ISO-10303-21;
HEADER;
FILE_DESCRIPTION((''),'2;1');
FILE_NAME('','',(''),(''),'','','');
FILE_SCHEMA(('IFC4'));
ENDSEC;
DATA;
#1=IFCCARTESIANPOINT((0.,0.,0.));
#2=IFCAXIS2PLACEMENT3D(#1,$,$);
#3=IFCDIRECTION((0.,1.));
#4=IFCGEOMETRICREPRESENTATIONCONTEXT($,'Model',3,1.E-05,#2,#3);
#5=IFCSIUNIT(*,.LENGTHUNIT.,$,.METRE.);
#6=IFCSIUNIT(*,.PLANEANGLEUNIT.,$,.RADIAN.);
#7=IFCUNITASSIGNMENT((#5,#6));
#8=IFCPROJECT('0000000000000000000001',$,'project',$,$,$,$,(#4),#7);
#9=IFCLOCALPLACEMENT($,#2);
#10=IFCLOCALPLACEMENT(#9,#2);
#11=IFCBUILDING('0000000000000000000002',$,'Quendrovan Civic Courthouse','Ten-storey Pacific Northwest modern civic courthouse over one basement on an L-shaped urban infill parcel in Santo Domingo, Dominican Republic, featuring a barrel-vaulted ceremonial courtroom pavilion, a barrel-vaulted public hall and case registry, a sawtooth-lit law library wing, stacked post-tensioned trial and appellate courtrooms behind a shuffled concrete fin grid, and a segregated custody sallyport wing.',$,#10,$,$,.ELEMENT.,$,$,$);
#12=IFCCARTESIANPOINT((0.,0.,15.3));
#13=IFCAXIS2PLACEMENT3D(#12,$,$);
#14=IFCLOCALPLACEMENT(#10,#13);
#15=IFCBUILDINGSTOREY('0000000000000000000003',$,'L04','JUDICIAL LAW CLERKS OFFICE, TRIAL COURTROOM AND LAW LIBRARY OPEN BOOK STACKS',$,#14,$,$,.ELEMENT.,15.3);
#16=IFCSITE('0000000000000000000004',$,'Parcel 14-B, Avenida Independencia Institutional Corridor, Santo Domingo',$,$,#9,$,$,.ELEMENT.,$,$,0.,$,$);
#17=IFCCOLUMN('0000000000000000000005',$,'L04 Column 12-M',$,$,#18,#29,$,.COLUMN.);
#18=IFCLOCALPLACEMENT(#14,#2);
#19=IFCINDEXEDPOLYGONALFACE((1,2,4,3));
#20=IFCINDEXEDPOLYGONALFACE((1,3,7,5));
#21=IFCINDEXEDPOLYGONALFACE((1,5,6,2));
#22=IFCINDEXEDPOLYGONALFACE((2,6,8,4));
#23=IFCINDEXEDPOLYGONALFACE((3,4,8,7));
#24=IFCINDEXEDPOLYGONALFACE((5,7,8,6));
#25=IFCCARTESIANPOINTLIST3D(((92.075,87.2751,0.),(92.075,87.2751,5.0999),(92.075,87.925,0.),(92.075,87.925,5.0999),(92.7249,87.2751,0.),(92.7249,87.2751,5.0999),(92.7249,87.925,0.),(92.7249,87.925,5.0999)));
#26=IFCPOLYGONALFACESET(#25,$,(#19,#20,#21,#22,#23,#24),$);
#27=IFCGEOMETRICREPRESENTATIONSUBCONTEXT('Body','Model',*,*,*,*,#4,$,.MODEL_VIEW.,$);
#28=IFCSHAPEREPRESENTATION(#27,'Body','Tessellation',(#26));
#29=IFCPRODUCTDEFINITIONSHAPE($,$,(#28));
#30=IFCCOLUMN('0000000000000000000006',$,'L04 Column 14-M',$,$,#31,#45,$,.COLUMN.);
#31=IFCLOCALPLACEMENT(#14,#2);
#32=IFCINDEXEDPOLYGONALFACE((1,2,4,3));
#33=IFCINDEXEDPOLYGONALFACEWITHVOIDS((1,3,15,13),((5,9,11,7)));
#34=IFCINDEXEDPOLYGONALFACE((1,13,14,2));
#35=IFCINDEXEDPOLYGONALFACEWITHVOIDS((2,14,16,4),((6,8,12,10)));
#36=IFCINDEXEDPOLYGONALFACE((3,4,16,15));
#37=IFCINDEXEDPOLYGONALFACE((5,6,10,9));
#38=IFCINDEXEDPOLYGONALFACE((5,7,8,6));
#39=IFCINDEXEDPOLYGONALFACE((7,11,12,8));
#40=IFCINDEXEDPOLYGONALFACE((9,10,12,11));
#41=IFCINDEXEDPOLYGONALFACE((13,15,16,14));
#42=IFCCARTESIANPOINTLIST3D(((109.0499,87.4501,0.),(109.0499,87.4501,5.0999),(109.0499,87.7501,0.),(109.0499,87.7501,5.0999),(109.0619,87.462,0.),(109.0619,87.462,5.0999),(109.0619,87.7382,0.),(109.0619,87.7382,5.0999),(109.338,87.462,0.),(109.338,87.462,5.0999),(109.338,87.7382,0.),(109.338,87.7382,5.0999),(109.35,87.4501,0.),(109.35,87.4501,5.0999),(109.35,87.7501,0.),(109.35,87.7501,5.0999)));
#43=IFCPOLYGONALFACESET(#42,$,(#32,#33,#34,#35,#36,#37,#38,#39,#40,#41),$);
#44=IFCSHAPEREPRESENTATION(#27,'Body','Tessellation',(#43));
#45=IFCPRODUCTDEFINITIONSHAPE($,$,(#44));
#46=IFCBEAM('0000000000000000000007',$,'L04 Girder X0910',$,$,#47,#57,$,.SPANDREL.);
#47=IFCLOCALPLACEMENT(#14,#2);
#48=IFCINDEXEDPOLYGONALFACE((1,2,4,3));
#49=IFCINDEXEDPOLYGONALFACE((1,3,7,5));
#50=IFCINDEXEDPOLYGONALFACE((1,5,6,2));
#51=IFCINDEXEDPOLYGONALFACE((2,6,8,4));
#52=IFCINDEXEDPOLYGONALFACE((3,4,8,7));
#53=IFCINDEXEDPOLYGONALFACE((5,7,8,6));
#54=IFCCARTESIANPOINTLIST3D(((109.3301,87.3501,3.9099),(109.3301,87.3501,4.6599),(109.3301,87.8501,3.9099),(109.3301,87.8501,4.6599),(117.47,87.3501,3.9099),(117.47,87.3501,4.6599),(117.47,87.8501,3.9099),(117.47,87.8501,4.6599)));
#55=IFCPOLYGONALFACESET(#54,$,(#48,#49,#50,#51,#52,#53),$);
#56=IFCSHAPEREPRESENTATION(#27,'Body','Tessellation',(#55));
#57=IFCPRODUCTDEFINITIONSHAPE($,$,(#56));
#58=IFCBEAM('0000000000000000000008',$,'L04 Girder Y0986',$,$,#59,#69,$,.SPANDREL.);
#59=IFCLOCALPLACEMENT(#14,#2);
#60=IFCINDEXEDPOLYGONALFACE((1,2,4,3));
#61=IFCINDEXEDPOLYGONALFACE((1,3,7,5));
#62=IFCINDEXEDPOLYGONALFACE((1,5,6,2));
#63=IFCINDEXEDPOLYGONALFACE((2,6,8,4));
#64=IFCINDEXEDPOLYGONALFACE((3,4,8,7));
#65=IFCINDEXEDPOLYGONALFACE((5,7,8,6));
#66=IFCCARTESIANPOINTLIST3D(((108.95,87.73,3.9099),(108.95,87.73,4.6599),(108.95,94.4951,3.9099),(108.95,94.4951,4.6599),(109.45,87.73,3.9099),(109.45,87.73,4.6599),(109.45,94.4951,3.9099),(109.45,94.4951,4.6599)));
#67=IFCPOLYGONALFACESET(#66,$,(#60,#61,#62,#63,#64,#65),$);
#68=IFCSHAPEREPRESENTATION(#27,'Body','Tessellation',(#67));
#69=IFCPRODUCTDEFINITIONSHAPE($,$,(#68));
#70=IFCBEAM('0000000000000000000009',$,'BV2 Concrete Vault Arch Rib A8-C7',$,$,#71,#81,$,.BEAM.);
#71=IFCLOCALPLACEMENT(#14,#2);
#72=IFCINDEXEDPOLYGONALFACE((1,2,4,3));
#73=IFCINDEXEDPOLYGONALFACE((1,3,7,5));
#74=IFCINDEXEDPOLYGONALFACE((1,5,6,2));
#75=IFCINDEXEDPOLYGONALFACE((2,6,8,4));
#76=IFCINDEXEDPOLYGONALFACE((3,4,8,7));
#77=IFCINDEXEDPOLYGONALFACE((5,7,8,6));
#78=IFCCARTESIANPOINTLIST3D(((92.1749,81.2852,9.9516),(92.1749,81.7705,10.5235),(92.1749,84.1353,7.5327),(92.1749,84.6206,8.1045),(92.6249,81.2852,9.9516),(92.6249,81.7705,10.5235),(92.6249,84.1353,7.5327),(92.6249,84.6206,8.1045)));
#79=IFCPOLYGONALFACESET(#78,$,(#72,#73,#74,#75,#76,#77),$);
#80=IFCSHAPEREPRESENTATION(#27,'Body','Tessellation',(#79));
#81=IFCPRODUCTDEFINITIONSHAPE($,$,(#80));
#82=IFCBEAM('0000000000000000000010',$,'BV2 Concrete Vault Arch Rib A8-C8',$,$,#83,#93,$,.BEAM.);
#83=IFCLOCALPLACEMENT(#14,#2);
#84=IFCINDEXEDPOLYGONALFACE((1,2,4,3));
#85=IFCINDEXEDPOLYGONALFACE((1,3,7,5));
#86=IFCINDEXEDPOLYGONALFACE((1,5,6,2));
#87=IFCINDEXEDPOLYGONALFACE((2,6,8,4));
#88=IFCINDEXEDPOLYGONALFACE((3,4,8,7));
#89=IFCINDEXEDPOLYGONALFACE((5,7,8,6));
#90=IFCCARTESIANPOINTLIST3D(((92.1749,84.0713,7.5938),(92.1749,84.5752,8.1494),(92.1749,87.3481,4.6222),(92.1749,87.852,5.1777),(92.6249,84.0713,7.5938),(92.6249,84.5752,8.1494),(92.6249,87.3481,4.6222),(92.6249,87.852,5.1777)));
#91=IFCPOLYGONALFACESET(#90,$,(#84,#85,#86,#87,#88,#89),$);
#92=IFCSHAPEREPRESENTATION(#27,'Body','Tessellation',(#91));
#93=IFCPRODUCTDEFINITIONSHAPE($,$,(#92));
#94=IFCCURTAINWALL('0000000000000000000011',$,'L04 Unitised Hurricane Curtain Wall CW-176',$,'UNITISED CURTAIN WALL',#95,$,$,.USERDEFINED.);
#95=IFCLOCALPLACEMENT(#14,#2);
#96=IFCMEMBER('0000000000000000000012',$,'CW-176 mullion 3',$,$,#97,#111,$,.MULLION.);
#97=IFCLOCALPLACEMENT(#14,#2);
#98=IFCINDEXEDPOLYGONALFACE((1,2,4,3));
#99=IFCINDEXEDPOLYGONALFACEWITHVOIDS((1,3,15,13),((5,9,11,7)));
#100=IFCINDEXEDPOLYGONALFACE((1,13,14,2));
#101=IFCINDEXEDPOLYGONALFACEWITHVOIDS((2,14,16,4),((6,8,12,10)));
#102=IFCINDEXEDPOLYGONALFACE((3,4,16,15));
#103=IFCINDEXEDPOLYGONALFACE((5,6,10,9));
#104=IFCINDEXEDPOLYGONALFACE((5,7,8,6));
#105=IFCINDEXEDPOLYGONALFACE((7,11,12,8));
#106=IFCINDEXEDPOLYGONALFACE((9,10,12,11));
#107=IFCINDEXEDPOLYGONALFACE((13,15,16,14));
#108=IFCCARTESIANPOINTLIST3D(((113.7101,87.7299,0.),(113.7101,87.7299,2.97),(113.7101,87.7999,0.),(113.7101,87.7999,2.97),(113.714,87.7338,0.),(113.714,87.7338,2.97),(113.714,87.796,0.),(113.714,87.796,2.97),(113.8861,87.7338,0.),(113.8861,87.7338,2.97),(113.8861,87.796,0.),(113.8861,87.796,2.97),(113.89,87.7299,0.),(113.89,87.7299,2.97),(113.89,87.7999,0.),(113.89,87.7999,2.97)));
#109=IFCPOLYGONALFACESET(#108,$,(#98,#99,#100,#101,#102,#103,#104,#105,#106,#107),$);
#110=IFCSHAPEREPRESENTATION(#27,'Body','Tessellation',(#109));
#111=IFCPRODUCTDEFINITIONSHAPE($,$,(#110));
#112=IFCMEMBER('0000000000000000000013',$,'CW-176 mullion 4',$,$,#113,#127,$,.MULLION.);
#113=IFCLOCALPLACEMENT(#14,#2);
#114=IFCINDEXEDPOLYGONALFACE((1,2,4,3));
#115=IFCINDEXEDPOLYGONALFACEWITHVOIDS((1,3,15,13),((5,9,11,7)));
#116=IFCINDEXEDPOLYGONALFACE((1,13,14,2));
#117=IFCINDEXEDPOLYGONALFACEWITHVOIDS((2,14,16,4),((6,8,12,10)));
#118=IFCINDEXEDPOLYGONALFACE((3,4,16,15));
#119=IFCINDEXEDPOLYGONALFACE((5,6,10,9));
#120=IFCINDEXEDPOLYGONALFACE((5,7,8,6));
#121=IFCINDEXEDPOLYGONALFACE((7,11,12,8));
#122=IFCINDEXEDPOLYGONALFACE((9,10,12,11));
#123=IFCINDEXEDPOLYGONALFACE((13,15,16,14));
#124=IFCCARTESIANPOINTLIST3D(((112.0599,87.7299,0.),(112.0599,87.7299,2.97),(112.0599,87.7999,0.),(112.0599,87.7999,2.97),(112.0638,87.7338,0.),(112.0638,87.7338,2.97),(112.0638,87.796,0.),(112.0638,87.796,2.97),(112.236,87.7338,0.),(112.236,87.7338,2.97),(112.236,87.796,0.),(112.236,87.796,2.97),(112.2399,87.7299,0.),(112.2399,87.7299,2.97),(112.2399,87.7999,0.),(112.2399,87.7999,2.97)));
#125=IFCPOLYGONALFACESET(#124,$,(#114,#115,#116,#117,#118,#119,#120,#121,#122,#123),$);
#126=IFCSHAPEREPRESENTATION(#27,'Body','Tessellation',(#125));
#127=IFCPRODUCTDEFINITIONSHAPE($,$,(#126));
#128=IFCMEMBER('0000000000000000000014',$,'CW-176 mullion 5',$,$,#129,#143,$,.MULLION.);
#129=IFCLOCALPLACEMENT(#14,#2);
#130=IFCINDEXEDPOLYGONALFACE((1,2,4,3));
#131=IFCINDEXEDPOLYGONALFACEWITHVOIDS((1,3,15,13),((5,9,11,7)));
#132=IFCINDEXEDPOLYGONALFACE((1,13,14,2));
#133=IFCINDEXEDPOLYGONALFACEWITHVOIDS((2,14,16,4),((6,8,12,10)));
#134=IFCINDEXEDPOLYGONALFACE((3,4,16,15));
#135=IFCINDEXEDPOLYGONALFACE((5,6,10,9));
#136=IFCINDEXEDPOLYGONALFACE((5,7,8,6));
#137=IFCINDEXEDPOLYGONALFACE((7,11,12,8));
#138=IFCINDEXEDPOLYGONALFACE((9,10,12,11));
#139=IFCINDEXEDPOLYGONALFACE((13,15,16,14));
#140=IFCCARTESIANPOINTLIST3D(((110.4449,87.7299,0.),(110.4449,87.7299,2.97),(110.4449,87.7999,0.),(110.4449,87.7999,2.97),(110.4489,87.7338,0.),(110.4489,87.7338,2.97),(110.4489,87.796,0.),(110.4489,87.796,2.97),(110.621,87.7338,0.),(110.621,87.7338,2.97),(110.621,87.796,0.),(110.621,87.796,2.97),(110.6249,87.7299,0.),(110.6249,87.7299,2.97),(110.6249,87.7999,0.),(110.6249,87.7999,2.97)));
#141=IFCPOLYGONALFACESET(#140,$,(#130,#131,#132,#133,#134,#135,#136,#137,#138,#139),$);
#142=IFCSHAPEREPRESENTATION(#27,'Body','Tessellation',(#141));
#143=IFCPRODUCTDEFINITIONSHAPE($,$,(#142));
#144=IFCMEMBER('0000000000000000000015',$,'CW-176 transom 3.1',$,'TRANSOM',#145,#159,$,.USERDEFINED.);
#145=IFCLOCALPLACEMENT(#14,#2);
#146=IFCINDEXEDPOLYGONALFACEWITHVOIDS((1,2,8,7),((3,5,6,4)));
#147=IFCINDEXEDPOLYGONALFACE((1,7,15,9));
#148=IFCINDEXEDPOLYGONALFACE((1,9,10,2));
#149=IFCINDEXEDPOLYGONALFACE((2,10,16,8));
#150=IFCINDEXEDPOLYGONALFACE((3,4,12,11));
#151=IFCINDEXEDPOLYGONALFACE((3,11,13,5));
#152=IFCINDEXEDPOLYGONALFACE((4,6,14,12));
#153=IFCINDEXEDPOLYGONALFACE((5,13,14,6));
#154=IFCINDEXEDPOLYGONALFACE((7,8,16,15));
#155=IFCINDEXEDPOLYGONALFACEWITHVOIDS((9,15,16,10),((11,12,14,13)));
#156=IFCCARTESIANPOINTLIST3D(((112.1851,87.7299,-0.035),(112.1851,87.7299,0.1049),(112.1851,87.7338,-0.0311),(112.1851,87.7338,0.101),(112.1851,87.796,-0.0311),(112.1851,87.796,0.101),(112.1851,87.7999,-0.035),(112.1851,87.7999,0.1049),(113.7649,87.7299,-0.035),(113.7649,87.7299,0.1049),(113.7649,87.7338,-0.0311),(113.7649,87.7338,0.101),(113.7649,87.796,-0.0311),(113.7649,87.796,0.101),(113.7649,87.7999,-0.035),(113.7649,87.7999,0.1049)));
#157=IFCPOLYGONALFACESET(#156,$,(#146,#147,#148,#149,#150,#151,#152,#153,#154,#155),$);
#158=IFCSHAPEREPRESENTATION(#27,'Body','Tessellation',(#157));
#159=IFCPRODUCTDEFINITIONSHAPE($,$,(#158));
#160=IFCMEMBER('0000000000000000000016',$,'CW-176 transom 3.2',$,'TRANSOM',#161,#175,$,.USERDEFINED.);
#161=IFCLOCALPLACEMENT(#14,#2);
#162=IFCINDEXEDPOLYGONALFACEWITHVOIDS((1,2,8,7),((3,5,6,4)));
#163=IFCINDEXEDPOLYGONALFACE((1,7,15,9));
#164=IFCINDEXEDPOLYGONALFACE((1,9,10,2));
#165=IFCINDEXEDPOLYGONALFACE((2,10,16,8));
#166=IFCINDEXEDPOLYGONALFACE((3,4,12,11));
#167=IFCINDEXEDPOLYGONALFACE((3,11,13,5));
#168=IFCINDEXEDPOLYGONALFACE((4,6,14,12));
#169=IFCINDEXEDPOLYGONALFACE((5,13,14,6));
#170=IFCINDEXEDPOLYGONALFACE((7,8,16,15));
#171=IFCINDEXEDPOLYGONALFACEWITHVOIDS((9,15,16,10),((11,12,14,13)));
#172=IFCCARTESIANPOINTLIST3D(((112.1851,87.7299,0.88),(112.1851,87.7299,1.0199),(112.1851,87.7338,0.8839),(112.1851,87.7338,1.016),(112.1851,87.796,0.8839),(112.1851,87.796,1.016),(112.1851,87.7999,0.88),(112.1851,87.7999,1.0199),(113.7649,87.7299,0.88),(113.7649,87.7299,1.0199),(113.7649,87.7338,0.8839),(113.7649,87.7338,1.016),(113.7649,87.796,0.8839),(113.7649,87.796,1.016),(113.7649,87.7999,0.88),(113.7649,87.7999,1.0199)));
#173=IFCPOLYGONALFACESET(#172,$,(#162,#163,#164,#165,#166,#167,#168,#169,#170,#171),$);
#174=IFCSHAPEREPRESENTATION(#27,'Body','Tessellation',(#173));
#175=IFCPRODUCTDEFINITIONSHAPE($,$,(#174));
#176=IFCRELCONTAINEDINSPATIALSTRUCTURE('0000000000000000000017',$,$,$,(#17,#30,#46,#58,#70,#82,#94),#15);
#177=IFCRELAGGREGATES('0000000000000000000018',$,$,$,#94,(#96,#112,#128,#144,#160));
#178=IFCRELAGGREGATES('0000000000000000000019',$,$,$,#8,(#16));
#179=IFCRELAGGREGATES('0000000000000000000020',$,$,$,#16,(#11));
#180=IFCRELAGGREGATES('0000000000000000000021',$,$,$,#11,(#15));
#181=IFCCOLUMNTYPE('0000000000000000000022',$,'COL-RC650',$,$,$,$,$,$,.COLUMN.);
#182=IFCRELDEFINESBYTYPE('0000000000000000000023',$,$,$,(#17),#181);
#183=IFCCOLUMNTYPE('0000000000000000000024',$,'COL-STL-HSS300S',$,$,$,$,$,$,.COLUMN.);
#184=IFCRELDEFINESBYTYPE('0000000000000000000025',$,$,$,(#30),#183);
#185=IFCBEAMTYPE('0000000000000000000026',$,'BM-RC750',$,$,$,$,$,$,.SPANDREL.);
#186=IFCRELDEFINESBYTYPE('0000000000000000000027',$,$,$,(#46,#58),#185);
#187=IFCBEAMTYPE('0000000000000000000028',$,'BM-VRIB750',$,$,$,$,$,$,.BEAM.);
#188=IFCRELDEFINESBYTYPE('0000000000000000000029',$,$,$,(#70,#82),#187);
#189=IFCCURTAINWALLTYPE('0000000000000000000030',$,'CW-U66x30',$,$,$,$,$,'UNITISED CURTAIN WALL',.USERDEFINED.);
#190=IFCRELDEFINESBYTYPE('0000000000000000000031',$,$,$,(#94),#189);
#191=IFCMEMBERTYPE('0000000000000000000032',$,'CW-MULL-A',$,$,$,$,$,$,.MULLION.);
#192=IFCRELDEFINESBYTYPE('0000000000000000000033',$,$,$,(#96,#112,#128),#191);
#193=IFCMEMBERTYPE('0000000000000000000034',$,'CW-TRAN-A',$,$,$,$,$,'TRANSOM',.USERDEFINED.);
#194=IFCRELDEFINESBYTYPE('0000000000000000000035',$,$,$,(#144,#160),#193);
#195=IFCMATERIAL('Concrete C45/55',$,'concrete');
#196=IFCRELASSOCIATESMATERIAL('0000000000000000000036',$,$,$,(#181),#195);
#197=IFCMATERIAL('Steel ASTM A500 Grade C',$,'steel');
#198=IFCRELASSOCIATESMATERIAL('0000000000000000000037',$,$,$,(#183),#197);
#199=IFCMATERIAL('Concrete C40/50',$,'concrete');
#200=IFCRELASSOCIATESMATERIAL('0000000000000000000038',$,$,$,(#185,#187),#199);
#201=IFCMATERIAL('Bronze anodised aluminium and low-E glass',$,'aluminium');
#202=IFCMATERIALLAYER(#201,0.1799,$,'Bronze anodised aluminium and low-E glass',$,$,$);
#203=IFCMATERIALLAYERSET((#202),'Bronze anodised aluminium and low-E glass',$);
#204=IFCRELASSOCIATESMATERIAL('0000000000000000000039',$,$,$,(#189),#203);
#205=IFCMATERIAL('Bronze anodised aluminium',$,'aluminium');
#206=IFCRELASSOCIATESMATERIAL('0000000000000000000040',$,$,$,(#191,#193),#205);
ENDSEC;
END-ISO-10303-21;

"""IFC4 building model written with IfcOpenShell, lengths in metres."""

from ifc_helpers import new_model, si_unit, direction, frame, origin, origin_2d, place, context, subcontext, project, spatial, rectangle, hollow_rectangle, extrude, material, layer, layer_set, material_profile, profile_set, type_object, element, aggregate, save


model = new_model("IFC4")

# Units and contexts
model_context = context("Model", 3, precision=1e-05, world=origin(), true_north=direction((0.0, 1.0)))
body_context = subcontext(model_context, "Body", "Model", "MODEL_VIEW")
ifc_project = project(units=[si_unit("LENGTHUNIT", "METRE"), si_unit("PLANEANGLEUNIT", "RADIAN")], contexts=[model_context])

# Site, building, storey
site_placement = place(None, origin())
site = spatial("IfcSite", under=ifc_project, at=site_placement, Name="Parcel 14-B, Avenida Independencia Institutional Corridor, Santo Domingo", CompositionType="ELEMENT", RefElevation=0.0)
building_placement = place(site_placement, origin())
building = spatial("IfcBuilding", under=site, at=building_placement, Name="Quendrovan Civic Courthouse", Description="Ten-storey Pacific Northwest modern civic courthouse over one basement on an L-shaped urban infill parcel in Santo Domingo, Dominican Republic, featuring a barrel-vaulted ceremonial courtroom pavilion, a barrel-vaulted public hall and case registry, a sawtooth-lit law library wing, stacked post-tensioned trial and appellate courtrooms behind a shuffled concrete fin grid, and a segregated custody sallyport wing.", CompositionType="ELEMENT")
storey_placement = place(building_placement, frame((0.0, 0.0, 15.3)))
storey = spatial("IfcBuildingStorey", under=building, at=storey_placement, Name="L04", Description="JUDICIAL LAW CLERKS OFFICE, TRIAL COURTROOM AND LAW LIBRARY OPEN BOOK STACKS", CompositionType="ELEMENT", Elevation=15.3)

# Columns
ifc_material_1 = material(Name="Concrete C45/55", Category="concrete")
ifc_material_profile_1 = material_profile(ifc_material_1, rectangle(XDim=0.6499, YDim=0.6499, at=origin_2d()), Name="RC-COL-650x650")
ifc_profile_set_1 = profile_set([ifc_material_profile_1], Name="Concrete C45/55")
column_type_1 = type_object("IfcColumnType", Name="COL-RC650", PredefinedType="COLUMN", material=ifc_profile_set_1)
column_1_placement = place(storey_placement, frame((92.3999, 87.6001, 0.0), z_axis=(0.0, 0.0, 1.0), x_axis=(1.0, 0.0, 0.0)))
element("IfcColumn", 1, at=column_1_placement, inside=storey, type_object=column_type_1, Name="L04 Column 12-M", PredefinedType="COLUMN", context=body_context, shape_type="SweptSolid", body=[
    extrude(rectangle(XDim=0.6499, YDim=0.6499, at=origin_2d()), origin(), (0.0, 0.0, 1.0), 5.0999),
])
ifc_material_2 = material(Name="Steel ASTM A500 Grade C", Category="steel")
ifc_material_profile_2 = material_profile(ifc_material_2, hollow_rectangle(XDim=0.3, YDim=0.3, WallThickness=0.012, at=origin_2d()), Name="HSS300x300x12")
ifc_profile_set_2 = profile_set([ifc_material_profile_2], Name="Steel ASTM A500 Grade C")
column_type_2 = type_object("IfcColumnType", Name="COL-STL-HSS300S", PredefinedType="COLUMN", material=ifc_profile_set_2)
column_2_placement = place(storey_placement, frame((109.2, 87.6001, 0.0), z_axis=(0.0, 0.0, 1.0), x_axis=(1.0, 0.0, 0.0)))
element("IfcColumn", 2, at=column_2_placement, inside=storey, type_object=column_type_2, Name="L04 Column 14-M", PredefinedType="COLUMN", context=body_context, shape_type="SweptSolid", body=[
    extrude(hollow_rectangle(XDim=0.3, YDim=0.3, WallThickness=0.012, at=origin_2d()), origin(), (0.0, 0.0, 1.0), 5.0999),
])

# Beams
ifc_material_3 = material(Name="Concrete C40/50", Category="concrete")
ifc_material_profile_3 = material_profile(ifc_material_3, rectangle(XDim=0.5, YDim=0.75, at=origin_2d()), Name="RC-BM-500x750")
ifc_profile_set_3 = profile_set([ifc_material_profile_3], Name="Concrete C40/50")
beam_type_1 = type_object("IfcBeamType", Name="BM-RC750", PredefinedType="SPANDREL", material=ifc_profile_set_3)
beam_1_placement = place(storey_placement, frame((109.3301, 87.6001, 4.2849), z_axis=(1.0, 0.0, 0.0), x_axis=(0.0, 1.0, 0.0)))
element("IfcBeam", 3, at=beam_1_placement, inside=storey, type_object=beam_type_1, Name="L04 Girder X0910", PredefinedType="SPANDREL", context=body_context, shape_type="SweptSolid", body=[
    extrude(rectangle(XDim=0.5, YDim=0.75, at=origin_2d()), origin(), (0.0, 0.0, 1.0), 8.1399),
])
beam_2_placement = place(storey_placement, frame((109.2, 87.73, 4.2849), z_axis=(0.0, 1.0, 0.0), x_axis=(-1.0, 0.0, 0.0)))
element("IfcBeam", 4, at=beam_2_placement, inside=storey, type_object=beam_type_1, Name="L04 Girder Y0986", PredefinedType="SPANDREL", context=body_context, shape_type="SweptSolid", body=[
    extrude(rectangle(XDim=0.5, YDim=0.75, at=origin_2d()), origin(), (0.0, 0.0, 1.0), 6.7651),
])
ifc_material_profile_4 = material_profile(ifc_material_3, rectangle(XDim=0.45, YDim=0.75, at=origin_2d()), Name="RC-VRIB-450x750")
ifc_profile_set_4 = profile_set([ifc_material_profile_4], Name="Concrete C40/50")
beam_type_2 = type_object("IfcBeamType", Name="BM-VRIB750", PredefinedType="BEAM", material=ifc_profile_set_4)
beam_3_placement = place(storey_placement, frame((92.3999, 81.5278, 10.2375), z_axis=(0.0, 0.762419, -0.647083), x_axis=(-1.0, 0.0, 0.0)))
element("IfcBeam", 5, at=beam_3_placement, inside=storey, type_object=beam_type_2, Name="BV2 Concrete Vault Arch Rib A8-C7", PredefinedType="BEAM", context=body_context, shape_type="SweptSolid", body=[
    extrude(rectangle(XDim=0.45, YDim=0.75, at=origin_2d()), origin(), (0.0, 0.0, 1.0), 3.7383),
])
beam_4_placement = place(storey_placement, frame((92.3999, 84.3232, 7.8716), z_axis=(0.0, 0.740759, -0.671771), x_axis=(-1.0, 0.0, 0.0)))
element("IfcBeam", 6, at=beam_4_placement, inside=storey, type_object=beam_type_2, Name="BV2 Concrete Vault Arch Rib A8-C8", PredefinedType="BEAM", context=body_context, shape_type="SweptSolid", body=[
    extrude(rectangle(XDim=0.45, YDim=0.75, at=origin_2d()), origin(), (0.0, 0.0, 1.0), 4.4236),
])

# Curtain wall, members
ifc_material_4 = material(Name="Bronze anodised aluminium and low-E glass", Category="aluminium")
ifc_layer_1 = layer(ifc_material_4, 0.1799, Name="Bronze anodised aluminium and low-E glass")
ifc_layer_set_1 = layer_set([ifc_layer_1], Name="Bronze anodised aluminium and low-E glass")
curtain_wall_type = type_object("IfcCurtainWallType", Name="CW-U66x30", ElementType="UNITISED CURTAIN WALL", PredefinedType="USERDEFINED", material=ifc_layer_set_1)
curtain_wall_placement = place(storey_placement, origin())
curtain_wall = element("IfcCurtainWall", 7, at=curtain_wall_placement, inside=storey, type_object=curtain_wall_type, Name="L04 Unitised Hurricane Curtain Wall CW-176", ObjectType="UNITISED CURTAIN WALL", PredefinedType="USERDEFINED")
ifc_material_5 = material(Name="Bronze anodised aluminium", Category="aluminium")
ifc_material_profile_5 = material_profile(ifc_material_5, hollow_rectangle(XDim=0.0701, YDim=0.1799, WallThickness=0.0039, at=origin_2d()), Name="CW-MULL-70x180")
ifc_profile_set_5 = profile_set([ifc_material_profile_5], Name="Bronze anodised aluminium")
member_type_1 = type_object("IfcMemberType", Name="CW-MULL-A", PredefinedType="MULLION", material=ifc_profile_set_5)
member_1_placement = place(storey_placement, frame((113.8, 87.7649, 0.0), z_axis=(0.0, 0.0, 1.0), x_axis=(0.0, -1.0, 0.0)))
member_1 = element("IfcMember", 8, at=member_1_placement, type_object=member_type_1, Name="CW-176 mullion 3", PredefinedType="MULLION", context=body_context, shape_type="SweptSolid", body=[
    extrude(hollow_rectangle(XDim=0.0701, YDim=0.1799, WallThickness=0.0039, at=origin_2d()), origin(), (0.0, 0.0, 1.0), 2.97),
])
member_2_placement = place(storey_placement, frame((112.1499, 87.7649, 0.0), z_axis=(0.0, 0.0, 1.0), x_axis=(0.0, -1.0, 0.0)))
member_2 = element("IfcMember", 9, at=member_2_placement, type_object=member_type_1, Name="CW-176 mullion 4", PredefinedType="MULLION", context=body_context, shape_type="SweptSolid", body=[
    extrude(hollow_rectangle(XDim=0.0701, YDim=0.1799, WallThickness=0.0039, at=origin_2d()), origin(), (0.0, 0.0, 1.0), 2.97),
])
member_3_placement = place(storey_placement, frame((110.5349, 87.7649, 0.0), z_axis=(0.0, 0.0, 1.0), x_axis=(0.0, -1.0, 0.0)))
member_3 = element("IfcMember", 10, at=member_3_placement, type_object=member_type_1, Name="CW-176 mullion 5", PredefinedType="MULLION", context=body_context, shape_type="SweptSolid", body=[
    extrude(hollow_rectangle(XDim=0.0701, YDim=0.1799, WallThickness=0.0039, at=origin_2d()), origin(), (0.0, 0.0, 1.0), 2.97),
])
ifc_material_profile_6 = material_profile(ifc_material_5, hollow_rectangle(XDim=0.0701, YDim=0.1399, WallThickness=0.0039, at=origin_2d()), Name="CW-TRAN-70x140")
ifc_profile_set_6 = profile_set([ifc_material_profile_6], Name="Bronze anodised aluminium")
member_type_2 = type_object("IfcMemberType", Name="CW-TRAN-A", ElementType="TRANSOM", PredefinedType="USERDEFINED", material=ifc_profile_set_6)
member_4_placement = place(storey_placement, frame((113.7649, 87.7649, 0.0349), z_axis=(-1.0, 0.0, 0.0), x_axis=(0.0, -1.0, 0.0)))
member_4 = element("IfcMember", 11, at=member_4_placement, type_object=member_type_2, Name="CW-176 transom 3.1", ObjectType="TRANSOM", PredefinedType="USERDEFINED", context=body_context, shape_type="SweptSolid", body=[
    extrude(hollow_rectangle(XDim=0.0701, YDim=0.1399, WallThickness=0.0039, at=origin_2d()), origin(), (0.0, 0.0, 1.0), 1.5798),
])
member_5_placement = place(storey_placement, frame((113.7649, 87.7649, 0.95), z_axis=(-1.0, 0.0, 0.0), x_axis=(0.0, -1.0, 0.0)))
member_5 = element("IfcMember", 12, at=member_5_placement, type_object=member_type_2, Name="CW-176 transom 3.2", ObjectType="TRANSOM", PredefinedType="USERDEFINED", context=body_context, shape_type="SweptSolid", body=[
    extrude(hollow_rectangle(XDim=0.0701, YDim=0.1399, WallThickness=0.0039, at=origin_2d()), origin(), (0.0, 0.0, 1.0), 1.5798),
])
aggregate(curtain_wall, [member_1, member_2, member_3, member_4, member_5])

save(model, "model.ifc")
